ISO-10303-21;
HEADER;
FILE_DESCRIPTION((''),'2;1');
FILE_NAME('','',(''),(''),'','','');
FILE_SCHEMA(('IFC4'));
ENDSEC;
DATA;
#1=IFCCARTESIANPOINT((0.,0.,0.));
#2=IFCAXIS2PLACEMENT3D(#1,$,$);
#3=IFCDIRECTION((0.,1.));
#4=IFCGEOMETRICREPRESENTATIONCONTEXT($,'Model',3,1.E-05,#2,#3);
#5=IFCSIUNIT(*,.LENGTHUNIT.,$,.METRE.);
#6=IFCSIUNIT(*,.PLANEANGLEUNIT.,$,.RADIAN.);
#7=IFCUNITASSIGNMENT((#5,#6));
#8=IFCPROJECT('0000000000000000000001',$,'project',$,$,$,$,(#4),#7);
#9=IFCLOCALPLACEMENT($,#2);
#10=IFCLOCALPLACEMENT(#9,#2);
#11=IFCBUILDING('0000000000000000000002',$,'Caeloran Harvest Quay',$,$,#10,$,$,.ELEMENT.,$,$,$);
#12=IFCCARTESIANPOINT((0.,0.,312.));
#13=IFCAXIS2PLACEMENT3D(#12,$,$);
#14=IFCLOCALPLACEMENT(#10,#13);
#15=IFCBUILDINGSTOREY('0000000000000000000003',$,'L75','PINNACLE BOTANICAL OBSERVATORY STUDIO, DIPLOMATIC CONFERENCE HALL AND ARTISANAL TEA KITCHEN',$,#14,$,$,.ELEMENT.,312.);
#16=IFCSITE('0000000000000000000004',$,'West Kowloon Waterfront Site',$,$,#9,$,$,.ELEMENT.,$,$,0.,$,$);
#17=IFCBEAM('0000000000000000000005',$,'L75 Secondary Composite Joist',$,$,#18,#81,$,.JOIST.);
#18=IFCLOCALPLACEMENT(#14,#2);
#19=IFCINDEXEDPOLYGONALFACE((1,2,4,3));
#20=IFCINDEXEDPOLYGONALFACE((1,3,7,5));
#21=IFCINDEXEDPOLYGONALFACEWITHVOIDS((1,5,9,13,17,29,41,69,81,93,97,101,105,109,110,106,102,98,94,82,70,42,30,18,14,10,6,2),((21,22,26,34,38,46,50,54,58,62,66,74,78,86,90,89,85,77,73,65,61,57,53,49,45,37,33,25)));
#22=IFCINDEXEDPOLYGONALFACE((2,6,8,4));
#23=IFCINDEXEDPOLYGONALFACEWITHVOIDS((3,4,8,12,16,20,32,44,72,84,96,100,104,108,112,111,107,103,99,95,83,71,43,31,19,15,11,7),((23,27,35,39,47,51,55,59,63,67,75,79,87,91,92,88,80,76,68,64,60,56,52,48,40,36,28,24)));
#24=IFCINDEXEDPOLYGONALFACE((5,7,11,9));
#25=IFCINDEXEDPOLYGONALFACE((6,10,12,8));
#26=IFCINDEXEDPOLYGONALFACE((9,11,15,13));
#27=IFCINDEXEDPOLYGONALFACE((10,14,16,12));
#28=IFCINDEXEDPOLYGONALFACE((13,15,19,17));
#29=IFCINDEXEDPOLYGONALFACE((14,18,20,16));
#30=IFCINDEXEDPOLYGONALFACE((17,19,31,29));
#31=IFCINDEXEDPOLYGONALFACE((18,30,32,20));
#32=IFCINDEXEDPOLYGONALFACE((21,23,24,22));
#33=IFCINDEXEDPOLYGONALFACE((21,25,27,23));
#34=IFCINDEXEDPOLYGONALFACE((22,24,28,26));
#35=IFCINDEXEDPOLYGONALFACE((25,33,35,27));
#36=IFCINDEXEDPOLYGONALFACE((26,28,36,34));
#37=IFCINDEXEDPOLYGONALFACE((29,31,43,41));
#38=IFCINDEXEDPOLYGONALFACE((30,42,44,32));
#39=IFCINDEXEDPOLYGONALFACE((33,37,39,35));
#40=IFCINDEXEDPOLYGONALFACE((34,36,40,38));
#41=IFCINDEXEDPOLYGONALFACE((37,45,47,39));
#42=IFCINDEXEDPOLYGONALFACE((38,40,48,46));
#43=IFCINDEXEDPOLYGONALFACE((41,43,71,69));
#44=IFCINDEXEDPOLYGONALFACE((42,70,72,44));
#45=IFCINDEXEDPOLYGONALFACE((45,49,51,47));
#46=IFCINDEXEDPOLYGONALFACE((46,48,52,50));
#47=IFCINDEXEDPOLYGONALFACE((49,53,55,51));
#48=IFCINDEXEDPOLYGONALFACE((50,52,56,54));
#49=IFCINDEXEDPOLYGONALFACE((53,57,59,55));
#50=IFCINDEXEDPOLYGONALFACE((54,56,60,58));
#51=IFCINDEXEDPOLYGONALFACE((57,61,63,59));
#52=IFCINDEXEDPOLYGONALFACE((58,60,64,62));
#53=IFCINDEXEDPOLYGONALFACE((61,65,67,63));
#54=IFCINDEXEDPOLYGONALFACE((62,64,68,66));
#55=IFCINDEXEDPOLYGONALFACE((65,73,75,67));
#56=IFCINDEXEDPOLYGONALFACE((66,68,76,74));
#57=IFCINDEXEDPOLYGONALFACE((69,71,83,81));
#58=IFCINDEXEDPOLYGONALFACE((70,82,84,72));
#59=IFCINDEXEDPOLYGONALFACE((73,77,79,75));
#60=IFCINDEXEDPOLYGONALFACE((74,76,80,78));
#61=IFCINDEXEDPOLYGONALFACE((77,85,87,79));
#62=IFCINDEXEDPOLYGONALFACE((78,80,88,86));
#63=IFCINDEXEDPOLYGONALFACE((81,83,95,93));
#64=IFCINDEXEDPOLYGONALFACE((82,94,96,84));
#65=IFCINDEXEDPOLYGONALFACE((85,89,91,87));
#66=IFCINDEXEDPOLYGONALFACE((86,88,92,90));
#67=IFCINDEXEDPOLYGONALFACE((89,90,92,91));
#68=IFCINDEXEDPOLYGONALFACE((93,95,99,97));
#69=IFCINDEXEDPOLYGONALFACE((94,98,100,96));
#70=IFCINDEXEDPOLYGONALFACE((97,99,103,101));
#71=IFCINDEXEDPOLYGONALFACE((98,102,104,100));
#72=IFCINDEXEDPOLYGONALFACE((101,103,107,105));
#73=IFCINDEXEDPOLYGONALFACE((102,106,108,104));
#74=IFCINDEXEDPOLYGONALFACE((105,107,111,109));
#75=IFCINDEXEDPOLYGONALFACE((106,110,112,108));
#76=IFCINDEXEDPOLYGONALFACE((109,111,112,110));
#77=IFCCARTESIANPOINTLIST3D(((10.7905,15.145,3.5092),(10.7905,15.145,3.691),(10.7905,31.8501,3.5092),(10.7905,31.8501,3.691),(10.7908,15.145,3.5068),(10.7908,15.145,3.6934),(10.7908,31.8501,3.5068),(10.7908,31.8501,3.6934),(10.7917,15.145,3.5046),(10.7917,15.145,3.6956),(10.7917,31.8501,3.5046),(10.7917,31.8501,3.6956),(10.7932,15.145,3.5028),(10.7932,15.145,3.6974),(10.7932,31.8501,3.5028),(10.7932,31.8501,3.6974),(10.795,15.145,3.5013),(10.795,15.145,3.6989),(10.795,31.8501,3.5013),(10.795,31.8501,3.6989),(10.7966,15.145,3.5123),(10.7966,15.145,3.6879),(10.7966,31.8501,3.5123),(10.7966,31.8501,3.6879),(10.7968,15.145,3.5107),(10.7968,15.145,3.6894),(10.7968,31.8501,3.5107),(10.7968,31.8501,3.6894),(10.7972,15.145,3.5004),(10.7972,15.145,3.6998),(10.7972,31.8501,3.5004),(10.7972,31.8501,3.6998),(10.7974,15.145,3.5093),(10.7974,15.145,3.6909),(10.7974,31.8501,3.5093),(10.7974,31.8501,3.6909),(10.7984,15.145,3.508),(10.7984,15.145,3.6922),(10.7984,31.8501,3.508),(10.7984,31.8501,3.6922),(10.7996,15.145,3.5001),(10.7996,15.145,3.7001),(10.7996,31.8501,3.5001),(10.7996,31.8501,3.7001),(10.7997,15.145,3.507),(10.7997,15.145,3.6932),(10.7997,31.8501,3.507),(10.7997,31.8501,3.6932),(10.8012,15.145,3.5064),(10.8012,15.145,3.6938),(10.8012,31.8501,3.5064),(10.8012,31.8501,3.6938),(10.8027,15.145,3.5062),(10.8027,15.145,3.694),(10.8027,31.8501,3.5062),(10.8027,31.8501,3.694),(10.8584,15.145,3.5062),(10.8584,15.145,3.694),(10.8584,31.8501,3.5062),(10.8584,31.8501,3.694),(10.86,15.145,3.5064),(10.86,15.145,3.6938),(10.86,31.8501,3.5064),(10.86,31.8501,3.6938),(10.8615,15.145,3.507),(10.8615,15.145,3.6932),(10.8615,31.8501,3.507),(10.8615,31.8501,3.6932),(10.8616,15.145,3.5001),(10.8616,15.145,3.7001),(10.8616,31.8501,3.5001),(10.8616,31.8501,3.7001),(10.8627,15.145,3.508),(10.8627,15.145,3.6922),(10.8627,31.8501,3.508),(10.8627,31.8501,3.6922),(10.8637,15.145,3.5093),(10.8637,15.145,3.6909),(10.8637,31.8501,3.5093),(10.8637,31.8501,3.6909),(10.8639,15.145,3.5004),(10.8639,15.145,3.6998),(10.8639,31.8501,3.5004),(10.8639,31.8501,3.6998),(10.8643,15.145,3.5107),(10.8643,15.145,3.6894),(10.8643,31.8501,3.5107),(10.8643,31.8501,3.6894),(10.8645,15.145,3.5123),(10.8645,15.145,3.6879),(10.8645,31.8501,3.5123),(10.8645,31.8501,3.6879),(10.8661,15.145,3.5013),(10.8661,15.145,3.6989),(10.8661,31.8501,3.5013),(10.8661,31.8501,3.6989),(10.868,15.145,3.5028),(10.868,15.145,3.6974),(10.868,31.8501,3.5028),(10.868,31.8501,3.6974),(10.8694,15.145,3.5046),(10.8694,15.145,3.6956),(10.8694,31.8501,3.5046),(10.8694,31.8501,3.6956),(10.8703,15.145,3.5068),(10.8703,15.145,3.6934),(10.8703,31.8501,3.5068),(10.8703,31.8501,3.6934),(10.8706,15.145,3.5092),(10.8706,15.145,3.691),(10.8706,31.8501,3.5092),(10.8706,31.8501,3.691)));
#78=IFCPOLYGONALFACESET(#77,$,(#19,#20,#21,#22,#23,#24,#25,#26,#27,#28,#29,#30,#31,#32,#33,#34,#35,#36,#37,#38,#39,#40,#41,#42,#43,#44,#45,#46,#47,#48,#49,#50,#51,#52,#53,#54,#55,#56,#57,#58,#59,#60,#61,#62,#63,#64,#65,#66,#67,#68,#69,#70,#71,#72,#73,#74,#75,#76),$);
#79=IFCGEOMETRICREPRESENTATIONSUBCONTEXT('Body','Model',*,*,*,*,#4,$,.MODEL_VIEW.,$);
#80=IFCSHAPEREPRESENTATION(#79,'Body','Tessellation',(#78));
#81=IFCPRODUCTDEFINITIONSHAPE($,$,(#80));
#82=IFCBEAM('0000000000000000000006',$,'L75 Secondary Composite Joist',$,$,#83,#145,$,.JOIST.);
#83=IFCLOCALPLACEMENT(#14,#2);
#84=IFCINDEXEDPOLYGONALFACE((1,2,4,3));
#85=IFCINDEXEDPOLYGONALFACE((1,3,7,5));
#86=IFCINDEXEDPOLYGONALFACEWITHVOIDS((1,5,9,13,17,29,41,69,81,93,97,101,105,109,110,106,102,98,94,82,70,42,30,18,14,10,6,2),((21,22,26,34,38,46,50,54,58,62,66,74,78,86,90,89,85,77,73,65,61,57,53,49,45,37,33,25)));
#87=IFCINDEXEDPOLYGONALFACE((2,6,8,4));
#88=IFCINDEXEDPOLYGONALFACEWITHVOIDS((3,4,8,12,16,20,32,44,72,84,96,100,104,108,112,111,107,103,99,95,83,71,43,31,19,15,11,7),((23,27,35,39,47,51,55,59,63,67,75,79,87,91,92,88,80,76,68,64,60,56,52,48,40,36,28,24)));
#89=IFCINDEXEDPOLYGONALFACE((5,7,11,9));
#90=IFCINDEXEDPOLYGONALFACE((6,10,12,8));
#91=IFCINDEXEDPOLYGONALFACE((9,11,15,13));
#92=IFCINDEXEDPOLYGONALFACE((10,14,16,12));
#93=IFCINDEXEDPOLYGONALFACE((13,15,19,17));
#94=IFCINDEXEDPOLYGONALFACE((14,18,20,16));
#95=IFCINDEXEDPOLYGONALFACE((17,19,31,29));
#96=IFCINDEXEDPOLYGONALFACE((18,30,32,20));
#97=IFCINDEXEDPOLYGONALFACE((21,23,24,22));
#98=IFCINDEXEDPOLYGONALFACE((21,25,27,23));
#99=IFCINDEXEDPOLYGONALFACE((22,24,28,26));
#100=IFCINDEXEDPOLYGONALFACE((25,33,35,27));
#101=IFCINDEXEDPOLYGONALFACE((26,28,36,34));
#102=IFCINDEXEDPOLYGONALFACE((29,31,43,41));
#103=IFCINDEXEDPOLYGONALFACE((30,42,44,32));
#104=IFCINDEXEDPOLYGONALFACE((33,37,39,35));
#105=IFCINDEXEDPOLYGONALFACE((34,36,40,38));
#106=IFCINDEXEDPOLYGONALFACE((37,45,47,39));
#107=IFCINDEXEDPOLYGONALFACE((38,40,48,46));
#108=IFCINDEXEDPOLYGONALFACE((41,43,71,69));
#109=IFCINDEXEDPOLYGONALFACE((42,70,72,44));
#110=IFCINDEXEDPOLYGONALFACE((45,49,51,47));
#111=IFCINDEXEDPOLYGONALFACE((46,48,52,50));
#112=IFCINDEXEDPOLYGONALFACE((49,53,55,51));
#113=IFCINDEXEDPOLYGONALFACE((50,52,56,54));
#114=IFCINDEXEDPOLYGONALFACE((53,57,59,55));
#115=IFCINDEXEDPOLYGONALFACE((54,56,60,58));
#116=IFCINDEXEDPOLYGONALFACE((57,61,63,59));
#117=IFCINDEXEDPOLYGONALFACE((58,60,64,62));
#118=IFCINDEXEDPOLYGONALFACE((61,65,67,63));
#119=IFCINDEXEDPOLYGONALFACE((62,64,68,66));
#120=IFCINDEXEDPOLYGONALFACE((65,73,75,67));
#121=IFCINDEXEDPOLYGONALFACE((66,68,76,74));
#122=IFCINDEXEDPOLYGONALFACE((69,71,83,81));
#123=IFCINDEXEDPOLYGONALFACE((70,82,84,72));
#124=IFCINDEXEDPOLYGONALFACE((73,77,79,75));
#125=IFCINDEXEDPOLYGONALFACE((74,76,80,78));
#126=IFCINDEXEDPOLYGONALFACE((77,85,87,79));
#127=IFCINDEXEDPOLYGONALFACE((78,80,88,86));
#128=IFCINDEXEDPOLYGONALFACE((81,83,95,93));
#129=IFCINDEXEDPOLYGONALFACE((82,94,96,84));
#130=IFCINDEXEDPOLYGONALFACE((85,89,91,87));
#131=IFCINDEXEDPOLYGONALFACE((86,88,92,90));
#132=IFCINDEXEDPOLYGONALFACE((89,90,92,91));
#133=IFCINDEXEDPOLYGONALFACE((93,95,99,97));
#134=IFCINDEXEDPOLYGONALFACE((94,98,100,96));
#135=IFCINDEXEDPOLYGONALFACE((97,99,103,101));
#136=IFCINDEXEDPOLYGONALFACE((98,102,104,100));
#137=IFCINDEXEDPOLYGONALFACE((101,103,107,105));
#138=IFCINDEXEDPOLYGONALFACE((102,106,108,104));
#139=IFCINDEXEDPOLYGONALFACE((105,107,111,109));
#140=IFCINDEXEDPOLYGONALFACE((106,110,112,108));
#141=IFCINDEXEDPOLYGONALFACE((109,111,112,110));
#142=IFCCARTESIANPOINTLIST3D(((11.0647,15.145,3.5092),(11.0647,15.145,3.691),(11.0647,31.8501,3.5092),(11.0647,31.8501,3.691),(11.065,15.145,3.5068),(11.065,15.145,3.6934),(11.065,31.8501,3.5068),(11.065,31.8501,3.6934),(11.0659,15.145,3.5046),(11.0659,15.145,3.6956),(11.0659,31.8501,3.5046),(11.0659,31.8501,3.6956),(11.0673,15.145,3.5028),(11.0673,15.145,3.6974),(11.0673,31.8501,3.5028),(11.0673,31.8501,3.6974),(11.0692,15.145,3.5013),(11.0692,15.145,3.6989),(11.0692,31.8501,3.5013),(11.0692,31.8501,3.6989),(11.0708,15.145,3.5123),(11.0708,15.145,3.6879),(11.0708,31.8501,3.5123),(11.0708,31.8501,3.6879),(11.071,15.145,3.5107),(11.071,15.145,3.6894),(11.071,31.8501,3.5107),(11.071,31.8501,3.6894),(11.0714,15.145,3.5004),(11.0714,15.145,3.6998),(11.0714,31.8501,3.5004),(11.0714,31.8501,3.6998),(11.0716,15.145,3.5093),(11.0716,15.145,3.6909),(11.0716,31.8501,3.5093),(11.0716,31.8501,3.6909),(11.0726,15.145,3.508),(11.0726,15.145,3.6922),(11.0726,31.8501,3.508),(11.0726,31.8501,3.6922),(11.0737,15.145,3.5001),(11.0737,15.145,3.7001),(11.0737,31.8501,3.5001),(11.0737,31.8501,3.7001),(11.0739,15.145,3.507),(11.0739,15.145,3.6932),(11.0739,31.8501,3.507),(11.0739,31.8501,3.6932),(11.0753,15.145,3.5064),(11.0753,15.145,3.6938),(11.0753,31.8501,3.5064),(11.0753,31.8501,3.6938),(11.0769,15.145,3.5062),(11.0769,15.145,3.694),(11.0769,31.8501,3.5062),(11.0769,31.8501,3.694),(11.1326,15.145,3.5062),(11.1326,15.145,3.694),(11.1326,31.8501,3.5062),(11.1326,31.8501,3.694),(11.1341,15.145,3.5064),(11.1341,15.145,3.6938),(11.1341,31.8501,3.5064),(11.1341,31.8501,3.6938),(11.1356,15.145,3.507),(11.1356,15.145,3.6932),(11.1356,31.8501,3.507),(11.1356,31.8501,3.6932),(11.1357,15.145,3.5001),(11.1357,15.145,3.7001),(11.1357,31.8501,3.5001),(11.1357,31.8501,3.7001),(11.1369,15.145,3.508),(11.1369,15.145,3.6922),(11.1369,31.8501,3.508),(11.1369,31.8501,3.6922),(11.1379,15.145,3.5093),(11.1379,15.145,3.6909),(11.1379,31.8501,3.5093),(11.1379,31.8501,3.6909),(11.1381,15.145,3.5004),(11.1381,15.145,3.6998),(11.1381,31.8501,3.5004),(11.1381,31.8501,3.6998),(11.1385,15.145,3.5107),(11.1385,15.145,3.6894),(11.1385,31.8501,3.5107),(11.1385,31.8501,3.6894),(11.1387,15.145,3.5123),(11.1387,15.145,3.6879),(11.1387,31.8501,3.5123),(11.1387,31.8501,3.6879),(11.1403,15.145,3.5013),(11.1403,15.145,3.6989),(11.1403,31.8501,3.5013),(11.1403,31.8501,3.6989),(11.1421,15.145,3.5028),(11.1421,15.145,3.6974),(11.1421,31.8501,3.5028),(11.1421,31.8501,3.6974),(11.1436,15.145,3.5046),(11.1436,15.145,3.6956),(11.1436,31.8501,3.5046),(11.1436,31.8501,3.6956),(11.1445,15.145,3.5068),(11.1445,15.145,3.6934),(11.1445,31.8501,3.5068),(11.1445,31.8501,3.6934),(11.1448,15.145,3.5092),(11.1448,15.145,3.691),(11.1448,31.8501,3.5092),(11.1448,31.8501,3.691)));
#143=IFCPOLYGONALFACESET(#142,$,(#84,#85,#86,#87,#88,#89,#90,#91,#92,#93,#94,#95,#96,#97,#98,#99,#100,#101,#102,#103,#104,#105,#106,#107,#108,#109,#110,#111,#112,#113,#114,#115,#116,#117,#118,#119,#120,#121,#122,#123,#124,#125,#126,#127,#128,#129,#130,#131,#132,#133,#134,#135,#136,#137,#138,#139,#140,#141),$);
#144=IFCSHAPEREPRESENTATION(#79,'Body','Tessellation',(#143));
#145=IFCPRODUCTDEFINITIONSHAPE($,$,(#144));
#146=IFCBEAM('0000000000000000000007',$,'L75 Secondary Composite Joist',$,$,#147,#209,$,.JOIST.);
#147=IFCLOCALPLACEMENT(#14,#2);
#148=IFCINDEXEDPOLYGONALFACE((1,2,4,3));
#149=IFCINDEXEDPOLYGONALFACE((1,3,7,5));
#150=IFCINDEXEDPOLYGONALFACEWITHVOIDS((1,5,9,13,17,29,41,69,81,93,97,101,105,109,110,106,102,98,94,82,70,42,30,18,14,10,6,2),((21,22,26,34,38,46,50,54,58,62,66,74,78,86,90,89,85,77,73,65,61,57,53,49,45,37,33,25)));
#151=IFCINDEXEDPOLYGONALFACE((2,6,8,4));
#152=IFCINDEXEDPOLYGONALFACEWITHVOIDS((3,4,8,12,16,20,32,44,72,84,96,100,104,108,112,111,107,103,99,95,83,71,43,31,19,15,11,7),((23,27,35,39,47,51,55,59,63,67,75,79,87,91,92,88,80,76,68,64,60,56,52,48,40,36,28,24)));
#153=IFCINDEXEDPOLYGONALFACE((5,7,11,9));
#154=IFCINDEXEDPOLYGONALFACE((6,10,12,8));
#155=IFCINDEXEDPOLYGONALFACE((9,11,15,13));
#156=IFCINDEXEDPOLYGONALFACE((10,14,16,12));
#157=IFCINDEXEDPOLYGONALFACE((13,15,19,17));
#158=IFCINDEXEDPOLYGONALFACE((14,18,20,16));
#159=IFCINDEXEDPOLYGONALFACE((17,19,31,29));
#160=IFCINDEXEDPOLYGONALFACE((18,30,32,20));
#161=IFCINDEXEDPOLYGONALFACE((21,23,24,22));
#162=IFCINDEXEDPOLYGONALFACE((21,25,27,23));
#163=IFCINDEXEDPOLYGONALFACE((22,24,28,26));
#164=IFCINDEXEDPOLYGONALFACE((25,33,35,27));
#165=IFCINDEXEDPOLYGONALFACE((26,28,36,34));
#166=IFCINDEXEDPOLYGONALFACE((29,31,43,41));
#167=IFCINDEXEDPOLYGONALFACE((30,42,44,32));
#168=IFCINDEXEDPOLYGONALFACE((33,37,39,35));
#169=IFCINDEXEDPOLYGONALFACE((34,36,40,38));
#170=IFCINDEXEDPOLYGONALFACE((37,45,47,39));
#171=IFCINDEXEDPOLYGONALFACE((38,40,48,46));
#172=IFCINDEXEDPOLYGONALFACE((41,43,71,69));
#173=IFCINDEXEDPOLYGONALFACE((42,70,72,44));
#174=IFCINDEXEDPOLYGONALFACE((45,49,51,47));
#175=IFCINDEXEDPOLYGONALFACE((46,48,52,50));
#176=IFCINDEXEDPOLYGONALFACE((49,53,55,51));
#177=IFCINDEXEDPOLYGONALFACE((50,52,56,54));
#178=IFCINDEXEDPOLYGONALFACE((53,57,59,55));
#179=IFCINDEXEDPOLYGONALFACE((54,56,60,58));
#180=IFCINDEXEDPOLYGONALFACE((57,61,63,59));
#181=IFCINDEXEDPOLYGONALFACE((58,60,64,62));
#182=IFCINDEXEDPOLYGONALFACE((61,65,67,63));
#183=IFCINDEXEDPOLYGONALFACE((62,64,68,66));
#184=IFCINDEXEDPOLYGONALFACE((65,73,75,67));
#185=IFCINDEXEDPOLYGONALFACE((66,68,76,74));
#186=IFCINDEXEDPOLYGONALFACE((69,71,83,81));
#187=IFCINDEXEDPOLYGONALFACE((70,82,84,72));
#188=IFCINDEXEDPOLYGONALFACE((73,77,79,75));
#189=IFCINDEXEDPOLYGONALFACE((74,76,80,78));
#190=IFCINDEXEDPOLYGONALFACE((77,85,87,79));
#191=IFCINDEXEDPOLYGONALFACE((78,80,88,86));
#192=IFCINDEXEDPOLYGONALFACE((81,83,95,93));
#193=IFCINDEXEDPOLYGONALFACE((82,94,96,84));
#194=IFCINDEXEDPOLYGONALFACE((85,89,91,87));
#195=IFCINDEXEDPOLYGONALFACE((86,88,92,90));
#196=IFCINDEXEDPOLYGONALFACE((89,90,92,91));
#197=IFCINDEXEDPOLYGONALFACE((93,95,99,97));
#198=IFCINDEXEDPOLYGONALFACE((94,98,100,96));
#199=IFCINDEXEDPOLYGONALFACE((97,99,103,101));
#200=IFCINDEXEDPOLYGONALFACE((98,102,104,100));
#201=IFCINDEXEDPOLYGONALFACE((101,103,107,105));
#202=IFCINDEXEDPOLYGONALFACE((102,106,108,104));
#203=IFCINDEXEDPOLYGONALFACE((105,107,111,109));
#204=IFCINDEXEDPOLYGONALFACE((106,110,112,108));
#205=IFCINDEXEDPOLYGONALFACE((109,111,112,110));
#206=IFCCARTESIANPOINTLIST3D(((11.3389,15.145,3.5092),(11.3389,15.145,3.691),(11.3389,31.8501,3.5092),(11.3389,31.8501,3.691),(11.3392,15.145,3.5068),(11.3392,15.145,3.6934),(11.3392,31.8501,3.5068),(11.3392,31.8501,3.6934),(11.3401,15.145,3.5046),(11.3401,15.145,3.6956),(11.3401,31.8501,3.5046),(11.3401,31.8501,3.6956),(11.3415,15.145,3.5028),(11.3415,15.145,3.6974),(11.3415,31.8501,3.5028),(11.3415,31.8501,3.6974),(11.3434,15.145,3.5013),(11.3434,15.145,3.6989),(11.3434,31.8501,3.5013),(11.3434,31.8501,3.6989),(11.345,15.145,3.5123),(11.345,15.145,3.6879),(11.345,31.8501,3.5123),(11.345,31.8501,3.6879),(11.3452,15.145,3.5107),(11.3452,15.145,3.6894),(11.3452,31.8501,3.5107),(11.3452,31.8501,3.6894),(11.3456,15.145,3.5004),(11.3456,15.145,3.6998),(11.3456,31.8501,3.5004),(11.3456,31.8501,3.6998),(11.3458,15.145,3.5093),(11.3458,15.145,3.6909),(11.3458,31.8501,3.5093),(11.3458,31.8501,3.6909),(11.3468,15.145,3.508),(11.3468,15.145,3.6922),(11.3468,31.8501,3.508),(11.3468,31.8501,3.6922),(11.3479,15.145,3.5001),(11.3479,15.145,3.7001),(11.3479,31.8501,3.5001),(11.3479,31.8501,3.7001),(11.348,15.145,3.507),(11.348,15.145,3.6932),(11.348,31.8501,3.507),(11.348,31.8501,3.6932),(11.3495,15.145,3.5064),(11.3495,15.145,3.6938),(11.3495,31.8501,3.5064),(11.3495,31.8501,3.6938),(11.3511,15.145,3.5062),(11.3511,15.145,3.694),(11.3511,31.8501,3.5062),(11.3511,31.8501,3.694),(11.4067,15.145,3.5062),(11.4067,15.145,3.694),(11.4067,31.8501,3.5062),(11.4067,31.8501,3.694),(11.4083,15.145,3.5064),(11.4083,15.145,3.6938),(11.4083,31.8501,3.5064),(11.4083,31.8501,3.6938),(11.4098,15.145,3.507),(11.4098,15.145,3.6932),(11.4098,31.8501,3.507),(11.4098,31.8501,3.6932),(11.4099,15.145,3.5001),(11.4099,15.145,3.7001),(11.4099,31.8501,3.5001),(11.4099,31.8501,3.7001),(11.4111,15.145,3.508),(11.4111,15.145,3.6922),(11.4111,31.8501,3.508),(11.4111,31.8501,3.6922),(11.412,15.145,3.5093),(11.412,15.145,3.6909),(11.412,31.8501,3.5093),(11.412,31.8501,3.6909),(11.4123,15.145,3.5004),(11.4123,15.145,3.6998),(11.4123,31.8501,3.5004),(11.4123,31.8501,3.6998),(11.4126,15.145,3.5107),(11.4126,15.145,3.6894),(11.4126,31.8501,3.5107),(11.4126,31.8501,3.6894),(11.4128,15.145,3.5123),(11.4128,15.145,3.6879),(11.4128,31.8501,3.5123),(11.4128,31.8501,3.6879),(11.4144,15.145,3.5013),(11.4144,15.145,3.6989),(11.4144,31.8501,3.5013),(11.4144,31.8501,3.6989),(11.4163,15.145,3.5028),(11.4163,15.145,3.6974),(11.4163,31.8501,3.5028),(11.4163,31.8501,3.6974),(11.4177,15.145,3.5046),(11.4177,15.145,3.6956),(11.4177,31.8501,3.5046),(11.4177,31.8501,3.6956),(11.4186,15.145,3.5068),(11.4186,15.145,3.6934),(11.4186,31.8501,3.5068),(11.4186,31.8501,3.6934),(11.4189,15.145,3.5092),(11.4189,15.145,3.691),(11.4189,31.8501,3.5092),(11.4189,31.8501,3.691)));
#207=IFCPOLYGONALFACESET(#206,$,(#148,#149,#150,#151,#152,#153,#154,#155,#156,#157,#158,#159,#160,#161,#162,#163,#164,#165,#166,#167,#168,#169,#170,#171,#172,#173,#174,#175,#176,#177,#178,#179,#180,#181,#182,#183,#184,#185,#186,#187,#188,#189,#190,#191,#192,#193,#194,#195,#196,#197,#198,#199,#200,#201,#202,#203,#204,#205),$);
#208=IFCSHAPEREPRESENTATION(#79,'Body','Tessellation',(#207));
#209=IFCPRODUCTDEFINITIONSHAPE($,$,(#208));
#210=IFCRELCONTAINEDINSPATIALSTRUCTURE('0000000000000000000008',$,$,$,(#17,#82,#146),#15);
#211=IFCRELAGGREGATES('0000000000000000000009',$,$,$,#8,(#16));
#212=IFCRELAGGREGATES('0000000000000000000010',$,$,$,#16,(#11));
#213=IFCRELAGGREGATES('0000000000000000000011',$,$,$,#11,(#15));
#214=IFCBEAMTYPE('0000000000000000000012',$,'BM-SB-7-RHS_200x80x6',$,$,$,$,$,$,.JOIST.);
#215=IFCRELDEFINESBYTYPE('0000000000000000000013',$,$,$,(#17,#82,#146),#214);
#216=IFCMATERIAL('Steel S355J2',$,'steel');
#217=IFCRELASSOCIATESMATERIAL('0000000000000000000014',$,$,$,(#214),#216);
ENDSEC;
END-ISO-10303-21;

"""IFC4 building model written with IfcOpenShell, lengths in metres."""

from ifc_helpers import new_model, si_unit, direction, frame, origin, origin_2d, place, context, subcontext, project, spatial, hollow_rectangle, extrude, material, material_profile, profile_set, type_object, element, save


model = new_model("IFC4")

# Units and contexts
model_context = context("Model", 3, precision=1e-05, world=origin(), true_north=direction((0.0, 1.0)))
body_context = subcontext(model_context, "Body", "Model", "MODEL_VIEW")
ifc_project = project(units=[si_unit("LENGTHUNIT", "METRE"), si_unit("PLANEANGLEUNIT", "RADIAN")], contexts=[model_context])

# Site, building, storey
site_placement = place(None, origin())
site = spatial("IfcSite", under=ifc_project, at=site_placement, Name="West Kowloon Waterfront Site", CompositionType="ELEMENT", RefElevation=0.0)
building_placement = place(site_placement, origin())
building = spatial("IfcBuilding", under=site, at=building_placement, Name="Caeloran Harvest Quay", CompositionType="ELEMENT")
storey_placement = place(building_placement, frame((0.0, 0.0, 312.0)))
storey = spatial("IfcBuildingStorey", under=building, at=storey_placement, Name="L75", Description="PINNACLE BOTANICAL OBSERVATORY STUDIO, DIPLOMATIC CONFERENCE HALL AND ARTISANAL TEA KITCHEN", CompositionType="ELEMENT", Elevation=312.0)

# Beams
ifc_material_1 = material(Name="Steel S355J2", Category="steel")
ifc_material_profile_1 = material_profile(ifc_material_1, hollow_rectangle(XDim=0.0801, YDim=0.2, WallThickness=0.0061, InnerFilletRadius=0.0061, OuterFilletRadius=0.009, at=origin_2d()), Name="RHS 200x80x6")
ifc_profile_set_1 = profile_set([ifc_material_profile_1], Name="Steel S355J2")
beam_type_1 = type_object("IfcBeamType", Name="BM-SB-7-RHS_200x80x6", PredefinedType="JOIST", material=ifc_profile_set_1)
for number, where, z_axis, x_axis, name in (
    (1, (10.8306, 15.145, 3.6001), (0.0, 1.0, 0.0), (-1.0, 0.0, 0.0), "L75 Secondary Composite Joist"),
    (2, (11.1047, 15.145, 3.6001), (0.0, 1.0, 0.0), (-1.0, 0.0, 0.0), "L75 Secondary Composite Joist"),
    (3, (11.3789, 15.145, 3.6001), (0.0, 1.0, 0.0), (-1.0, 0.0, 0.0), "L75 Secondary Composite Joist"),
):
    element("IfcBeam", number, at=place(storey_placement, frame(where, z_axis=z_axis, x_axis=x_axis)), inside=storey, type_object=beam_type_1, Name=name, PredefinedType="JOIST", context=body_context, shape_type="SweptSolid", body=[
        extrude(hollow_rectangle(XDim=0.0801, YDim=0.2, WallThickness=0.0061, InnerFilletRadius=0.0061, OuterFilletRadius=0.009, at=origin_2d()), origin(), (0.0, 0.0, 1.0), 16.7051),
    ])

save(model, "model.ifc")
